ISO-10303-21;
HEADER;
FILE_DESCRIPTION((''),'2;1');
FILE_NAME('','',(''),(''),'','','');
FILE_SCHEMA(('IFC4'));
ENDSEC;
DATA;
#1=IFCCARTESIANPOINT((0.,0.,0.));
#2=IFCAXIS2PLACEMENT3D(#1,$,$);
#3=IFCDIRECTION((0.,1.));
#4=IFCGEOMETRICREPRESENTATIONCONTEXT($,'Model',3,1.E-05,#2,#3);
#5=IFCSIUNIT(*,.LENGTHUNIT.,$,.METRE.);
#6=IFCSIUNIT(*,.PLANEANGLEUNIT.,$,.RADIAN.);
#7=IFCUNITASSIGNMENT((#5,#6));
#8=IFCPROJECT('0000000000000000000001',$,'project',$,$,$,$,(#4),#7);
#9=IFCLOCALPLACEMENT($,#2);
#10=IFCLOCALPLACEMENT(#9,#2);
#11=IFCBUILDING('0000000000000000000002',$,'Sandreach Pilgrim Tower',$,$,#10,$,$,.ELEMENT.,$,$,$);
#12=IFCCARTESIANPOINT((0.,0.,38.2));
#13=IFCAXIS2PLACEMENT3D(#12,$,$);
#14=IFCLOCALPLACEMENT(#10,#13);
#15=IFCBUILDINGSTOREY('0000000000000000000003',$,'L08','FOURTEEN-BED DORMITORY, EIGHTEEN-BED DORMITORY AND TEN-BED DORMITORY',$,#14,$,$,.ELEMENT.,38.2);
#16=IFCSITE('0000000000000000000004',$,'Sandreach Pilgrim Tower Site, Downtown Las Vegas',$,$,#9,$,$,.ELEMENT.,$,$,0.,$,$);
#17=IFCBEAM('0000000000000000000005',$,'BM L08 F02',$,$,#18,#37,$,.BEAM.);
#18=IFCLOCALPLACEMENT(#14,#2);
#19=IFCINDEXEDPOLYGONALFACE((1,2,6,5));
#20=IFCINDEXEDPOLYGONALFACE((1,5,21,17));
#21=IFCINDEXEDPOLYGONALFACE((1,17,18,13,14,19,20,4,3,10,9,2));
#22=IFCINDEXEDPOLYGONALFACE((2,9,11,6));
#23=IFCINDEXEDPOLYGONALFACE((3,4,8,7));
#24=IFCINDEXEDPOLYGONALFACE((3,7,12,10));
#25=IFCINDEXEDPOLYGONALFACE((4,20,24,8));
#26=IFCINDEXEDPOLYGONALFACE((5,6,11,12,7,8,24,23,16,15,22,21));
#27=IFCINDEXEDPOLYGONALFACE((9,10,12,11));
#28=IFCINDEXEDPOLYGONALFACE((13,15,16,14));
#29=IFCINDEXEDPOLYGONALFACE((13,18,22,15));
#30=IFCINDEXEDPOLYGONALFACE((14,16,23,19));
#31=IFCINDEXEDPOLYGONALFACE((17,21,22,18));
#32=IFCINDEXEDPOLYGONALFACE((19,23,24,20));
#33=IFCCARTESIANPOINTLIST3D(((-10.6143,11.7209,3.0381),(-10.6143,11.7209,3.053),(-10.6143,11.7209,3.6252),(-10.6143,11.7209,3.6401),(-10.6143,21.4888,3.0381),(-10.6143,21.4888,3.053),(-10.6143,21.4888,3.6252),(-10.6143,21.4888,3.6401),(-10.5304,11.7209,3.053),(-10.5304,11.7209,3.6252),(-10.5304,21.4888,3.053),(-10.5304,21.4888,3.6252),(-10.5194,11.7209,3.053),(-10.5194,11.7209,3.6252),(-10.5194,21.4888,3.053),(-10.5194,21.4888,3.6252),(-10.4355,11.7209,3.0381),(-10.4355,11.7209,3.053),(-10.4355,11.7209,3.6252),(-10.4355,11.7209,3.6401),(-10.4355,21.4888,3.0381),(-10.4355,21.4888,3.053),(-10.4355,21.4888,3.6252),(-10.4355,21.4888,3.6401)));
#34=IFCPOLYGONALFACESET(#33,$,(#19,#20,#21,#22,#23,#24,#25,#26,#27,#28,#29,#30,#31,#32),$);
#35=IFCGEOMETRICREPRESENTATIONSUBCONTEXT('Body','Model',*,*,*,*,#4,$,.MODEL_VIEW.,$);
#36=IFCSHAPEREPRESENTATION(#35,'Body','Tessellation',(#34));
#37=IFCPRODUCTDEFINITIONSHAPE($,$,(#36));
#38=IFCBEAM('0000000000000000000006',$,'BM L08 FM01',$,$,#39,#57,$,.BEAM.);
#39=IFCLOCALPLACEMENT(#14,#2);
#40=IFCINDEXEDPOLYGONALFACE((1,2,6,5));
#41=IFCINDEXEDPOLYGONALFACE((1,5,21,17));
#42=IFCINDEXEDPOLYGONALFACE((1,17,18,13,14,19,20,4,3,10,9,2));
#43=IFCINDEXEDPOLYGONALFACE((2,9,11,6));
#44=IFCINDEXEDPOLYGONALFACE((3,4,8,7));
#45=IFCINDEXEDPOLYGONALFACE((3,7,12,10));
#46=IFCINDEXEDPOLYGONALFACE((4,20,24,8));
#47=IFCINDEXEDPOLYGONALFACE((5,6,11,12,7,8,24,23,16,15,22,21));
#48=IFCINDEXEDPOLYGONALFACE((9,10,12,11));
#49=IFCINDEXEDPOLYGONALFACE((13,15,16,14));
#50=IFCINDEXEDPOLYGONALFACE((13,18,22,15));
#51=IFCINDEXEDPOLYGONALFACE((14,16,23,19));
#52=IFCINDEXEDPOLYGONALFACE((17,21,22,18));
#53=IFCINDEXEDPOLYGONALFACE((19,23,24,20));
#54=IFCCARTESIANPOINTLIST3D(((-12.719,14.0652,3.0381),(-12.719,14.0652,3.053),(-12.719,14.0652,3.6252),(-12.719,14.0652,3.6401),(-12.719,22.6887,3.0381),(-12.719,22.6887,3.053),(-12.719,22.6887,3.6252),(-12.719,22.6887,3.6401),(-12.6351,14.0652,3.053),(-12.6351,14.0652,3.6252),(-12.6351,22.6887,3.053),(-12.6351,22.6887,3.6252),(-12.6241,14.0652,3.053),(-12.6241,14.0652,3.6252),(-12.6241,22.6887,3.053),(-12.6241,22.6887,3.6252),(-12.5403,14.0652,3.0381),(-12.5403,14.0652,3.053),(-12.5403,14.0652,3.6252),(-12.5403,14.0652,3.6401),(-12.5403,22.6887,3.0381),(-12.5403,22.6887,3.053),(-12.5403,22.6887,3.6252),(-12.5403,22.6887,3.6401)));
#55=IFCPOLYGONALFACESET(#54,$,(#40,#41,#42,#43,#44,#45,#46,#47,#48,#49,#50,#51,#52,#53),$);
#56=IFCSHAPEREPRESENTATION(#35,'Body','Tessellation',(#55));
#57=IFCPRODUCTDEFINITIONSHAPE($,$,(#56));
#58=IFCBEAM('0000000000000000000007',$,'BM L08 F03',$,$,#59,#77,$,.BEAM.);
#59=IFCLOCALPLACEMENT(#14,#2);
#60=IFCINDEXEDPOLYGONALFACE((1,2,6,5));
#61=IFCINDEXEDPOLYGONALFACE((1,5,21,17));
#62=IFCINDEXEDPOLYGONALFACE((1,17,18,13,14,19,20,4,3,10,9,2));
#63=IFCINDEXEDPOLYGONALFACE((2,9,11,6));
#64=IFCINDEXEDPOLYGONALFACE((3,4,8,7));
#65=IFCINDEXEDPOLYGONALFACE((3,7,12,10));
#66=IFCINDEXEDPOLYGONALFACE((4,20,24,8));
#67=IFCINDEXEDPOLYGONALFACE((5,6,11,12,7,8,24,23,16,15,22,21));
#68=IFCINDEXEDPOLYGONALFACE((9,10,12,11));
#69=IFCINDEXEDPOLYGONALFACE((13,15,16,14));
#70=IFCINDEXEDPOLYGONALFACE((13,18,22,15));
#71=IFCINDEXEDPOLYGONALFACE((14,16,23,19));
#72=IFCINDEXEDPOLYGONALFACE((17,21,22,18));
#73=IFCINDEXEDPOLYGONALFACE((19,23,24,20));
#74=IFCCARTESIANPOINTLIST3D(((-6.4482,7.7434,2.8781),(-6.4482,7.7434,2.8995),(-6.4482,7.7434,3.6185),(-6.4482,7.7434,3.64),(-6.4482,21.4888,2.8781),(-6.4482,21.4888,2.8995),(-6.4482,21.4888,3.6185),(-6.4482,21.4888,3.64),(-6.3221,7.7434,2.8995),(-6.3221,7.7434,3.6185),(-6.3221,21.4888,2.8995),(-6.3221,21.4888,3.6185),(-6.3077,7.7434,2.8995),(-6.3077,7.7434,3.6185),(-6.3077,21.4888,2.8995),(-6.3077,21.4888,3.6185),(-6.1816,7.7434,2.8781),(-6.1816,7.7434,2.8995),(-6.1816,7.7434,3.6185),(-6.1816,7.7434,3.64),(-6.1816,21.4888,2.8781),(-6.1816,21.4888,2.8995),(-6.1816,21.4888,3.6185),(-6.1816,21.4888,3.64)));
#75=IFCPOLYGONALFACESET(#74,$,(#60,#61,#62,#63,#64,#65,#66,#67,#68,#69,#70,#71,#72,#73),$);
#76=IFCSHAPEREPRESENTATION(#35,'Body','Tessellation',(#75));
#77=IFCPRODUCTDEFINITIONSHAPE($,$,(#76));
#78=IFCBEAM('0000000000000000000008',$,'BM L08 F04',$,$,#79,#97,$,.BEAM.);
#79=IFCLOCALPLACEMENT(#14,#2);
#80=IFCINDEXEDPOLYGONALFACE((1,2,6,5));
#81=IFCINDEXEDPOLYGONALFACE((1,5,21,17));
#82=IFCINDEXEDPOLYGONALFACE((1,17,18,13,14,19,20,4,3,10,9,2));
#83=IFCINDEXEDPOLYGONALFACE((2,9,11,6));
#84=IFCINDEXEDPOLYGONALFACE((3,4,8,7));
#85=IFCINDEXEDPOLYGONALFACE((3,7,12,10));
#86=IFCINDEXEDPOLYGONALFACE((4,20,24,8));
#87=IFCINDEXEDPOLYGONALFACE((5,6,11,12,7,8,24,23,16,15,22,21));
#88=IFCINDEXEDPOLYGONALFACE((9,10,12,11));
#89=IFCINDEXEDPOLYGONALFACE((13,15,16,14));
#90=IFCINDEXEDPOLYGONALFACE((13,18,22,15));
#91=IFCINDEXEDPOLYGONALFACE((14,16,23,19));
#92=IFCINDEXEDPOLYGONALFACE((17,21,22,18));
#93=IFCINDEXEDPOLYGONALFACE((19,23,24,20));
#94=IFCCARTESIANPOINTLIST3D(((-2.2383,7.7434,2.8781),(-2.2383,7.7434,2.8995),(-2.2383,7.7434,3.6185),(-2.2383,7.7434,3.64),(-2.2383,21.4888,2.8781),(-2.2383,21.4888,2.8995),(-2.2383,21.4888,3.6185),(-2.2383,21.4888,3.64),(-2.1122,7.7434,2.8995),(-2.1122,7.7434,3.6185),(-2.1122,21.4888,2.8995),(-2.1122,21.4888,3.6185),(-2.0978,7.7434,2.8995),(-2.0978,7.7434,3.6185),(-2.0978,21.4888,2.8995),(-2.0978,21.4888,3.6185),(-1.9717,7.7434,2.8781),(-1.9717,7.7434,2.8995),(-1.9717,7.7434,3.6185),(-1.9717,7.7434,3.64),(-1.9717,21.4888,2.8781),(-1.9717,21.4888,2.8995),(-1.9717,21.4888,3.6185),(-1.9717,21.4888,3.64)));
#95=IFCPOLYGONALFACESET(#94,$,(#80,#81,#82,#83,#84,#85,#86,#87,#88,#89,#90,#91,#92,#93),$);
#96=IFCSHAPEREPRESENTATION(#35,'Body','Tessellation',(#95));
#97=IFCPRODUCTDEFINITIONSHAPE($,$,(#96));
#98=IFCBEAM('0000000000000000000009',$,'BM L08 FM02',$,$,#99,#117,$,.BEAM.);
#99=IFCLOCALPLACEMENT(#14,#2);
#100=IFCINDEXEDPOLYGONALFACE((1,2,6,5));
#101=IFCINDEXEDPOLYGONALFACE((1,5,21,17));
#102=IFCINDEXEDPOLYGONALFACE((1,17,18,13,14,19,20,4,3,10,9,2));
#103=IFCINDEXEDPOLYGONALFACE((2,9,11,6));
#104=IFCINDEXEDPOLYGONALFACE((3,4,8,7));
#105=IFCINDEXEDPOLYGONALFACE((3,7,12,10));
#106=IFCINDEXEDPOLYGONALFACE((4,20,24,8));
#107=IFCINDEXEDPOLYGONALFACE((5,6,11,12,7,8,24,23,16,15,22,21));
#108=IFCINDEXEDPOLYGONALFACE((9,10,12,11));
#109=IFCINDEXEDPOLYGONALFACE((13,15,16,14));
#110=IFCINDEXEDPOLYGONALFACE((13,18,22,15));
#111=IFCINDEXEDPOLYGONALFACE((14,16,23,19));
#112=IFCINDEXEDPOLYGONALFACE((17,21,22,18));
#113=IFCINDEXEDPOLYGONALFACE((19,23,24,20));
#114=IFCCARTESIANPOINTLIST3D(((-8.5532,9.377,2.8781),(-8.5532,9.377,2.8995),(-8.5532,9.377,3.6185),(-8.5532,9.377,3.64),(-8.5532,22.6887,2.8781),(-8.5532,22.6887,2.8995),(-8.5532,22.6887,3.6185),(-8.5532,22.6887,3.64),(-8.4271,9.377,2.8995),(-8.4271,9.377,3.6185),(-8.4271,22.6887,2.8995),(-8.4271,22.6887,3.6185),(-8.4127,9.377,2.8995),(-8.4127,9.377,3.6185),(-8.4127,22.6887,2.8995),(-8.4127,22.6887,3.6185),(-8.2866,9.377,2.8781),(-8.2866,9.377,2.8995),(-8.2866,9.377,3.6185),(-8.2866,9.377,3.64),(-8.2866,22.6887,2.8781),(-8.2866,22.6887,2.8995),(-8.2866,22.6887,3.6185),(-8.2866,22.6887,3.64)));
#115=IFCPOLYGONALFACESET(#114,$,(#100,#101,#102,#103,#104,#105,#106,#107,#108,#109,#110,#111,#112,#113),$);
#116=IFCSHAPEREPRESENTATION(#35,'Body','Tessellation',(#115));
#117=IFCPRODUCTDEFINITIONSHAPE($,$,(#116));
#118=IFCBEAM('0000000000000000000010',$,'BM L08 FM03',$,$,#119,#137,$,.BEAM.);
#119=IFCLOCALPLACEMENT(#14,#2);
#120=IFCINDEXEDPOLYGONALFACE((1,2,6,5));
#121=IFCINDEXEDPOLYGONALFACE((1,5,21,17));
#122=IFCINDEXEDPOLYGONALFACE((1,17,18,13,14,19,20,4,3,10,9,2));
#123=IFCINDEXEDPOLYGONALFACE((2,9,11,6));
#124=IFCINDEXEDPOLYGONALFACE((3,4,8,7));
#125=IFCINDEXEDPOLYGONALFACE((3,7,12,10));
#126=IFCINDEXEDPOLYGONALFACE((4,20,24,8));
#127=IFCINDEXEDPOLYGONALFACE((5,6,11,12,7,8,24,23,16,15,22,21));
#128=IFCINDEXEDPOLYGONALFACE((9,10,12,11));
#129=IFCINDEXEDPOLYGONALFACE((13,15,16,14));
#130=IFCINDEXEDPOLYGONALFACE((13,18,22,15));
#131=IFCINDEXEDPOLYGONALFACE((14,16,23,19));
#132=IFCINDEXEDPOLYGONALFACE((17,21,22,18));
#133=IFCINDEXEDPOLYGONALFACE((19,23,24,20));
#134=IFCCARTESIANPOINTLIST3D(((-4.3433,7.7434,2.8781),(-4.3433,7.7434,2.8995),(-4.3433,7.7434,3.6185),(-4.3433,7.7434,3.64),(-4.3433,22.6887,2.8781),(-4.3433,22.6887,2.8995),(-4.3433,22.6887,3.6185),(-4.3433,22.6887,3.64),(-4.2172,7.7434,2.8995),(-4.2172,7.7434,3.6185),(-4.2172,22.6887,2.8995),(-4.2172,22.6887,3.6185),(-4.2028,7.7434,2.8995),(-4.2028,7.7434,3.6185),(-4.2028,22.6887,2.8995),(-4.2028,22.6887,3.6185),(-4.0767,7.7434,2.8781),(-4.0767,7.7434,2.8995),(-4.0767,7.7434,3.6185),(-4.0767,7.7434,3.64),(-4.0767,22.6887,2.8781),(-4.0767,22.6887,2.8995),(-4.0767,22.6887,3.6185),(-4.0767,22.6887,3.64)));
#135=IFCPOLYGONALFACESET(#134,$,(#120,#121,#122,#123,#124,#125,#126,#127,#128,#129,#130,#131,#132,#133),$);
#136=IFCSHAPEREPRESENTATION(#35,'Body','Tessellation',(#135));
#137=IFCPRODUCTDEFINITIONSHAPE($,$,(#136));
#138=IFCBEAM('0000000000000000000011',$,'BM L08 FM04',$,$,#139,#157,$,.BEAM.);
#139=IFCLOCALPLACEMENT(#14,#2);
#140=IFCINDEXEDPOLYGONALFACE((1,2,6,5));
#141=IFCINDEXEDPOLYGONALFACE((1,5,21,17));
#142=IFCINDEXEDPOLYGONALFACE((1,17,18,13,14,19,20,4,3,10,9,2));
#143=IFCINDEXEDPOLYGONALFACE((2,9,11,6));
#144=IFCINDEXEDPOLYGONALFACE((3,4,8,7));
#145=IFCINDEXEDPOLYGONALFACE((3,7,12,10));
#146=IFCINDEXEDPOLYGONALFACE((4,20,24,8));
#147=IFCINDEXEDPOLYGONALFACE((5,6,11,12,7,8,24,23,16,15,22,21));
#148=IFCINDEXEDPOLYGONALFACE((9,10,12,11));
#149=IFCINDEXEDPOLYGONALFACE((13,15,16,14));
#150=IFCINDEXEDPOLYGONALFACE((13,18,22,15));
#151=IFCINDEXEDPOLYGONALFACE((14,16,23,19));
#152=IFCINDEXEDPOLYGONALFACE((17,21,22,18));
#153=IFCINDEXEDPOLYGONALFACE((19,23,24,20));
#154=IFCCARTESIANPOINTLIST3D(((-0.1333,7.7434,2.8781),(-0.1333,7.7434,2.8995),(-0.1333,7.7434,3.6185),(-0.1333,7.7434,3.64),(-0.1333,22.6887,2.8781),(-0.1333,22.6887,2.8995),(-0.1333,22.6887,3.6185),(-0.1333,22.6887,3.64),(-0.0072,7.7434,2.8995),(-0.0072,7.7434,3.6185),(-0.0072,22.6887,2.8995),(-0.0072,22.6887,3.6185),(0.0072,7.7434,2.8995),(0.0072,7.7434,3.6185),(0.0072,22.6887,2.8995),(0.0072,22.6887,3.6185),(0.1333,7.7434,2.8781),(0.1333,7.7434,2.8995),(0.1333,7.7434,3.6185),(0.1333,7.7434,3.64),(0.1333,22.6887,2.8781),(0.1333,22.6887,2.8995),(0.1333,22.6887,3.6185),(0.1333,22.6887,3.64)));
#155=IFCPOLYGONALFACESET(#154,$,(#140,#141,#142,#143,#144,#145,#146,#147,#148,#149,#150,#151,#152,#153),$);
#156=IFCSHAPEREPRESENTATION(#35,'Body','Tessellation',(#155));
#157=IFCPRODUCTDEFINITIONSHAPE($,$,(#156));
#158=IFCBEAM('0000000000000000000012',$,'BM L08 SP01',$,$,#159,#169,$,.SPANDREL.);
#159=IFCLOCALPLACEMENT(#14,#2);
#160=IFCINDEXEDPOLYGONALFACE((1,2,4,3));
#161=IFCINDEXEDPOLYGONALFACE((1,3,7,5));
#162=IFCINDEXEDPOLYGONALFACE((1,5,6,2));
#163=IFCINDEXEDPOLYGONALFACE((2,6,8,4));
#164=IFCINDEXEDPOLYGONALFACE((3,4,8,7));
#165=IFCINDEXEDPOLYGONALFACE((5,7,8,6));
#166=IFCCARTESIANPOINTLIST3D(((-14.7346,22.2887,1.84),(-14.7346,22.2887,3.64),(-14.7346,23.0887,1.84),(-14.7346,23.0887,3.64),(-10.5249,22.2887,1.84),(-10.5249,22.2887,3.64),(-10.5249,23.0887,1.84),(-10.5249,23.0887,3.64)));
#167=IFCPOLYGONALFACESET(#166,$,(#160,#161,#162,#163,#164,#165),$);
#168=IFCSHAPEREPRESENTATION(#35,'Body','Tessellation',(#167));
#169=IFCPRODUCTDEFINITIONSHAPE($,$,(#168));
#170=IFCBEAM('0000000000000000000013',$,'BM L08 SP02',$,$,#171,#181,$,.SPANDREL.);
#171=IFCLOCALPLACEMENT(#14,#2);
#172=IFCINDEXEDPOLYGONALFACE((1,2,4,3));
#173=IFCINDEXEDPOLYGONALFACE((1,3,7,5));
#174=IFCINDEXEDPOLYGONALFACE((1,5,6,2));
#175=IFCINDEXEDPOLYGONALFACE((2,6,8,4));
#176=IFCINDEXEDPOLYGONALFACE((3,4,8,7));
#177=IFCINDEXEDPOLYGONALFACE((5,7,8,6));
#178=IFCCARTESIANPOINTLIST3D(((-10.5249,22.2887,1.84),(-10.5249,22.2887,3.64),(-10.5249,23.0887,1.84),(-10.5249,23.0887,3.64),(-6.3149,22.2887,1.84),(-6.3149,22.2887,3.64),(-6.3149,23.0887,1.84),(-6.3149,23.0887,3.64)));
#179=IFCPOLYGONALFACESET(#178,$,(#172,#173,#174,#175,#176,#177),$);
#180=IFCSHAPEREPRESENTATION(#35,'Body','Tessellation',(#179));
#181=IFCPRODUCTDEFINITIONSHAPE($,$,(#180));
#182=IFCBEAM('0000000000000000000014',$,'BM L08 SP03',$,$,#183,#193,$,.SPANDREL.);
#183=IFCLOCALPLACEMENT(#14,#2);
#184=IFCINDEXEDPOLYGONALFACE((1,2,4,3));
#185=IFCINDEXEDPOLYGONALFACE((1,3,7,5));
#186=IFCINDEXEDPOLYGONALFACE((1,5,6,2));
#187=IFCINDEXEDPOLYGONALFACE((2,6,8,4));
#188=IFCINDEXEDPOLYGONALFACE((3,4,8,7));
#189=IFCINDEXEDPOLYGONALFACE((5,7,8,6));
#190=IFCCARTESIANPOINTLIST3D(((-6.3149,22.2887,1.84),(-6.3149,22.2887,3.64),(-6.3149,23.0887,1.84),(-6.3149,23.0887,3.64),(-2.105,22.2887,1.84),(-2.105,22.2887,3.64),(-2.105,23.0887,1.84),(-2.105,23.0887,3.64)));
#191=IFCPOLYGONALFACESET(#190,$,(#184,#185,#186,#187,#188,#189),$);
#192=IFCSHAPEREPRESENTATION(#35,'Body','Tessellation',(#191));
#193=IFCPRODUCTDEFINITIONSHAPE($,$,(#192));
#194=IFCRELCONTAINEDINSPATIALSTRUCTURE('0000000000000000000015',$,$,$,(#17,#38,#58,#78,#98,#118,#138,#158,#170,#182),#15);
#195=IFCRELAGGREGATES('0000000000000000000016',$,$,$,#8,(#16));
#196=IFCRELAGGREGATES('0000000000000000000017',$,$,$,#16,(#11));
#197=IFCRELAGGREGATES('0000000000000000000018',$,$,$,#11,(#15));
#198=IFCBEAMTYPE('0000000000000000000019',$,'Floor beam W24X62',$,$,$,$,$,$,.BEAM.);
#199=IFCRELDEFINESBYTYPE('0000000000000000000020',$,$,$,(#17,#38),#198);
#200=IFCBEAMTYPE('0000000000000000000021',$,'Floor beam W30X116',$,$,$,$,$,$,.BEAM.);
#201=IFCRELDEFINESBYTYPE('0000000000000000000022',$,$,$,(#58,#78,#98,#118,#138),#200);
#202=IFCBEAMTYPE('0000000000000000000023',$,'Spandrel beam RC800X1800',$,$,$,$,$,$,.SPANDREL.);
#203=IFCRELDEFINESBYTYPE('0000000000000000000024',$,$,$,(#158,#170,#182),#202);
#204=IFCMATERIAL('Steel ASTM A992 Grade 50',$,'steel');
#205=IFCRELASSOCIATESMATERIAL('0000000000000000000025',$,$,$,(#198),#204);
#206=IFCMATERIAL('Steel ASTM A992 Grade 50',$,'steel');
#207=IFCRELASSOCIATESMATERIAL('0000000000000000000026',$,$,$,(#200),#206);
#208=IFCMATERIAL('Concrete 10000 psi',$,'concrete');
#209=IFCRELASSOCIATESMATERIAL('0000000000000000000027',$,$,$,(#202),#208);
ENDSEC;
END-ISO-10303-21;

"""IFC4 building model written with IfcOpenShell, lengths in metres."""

from ifc_helpers import new_model, si_unit, direction, frame, origin, origin_2d, place, context, subcontext, project, spatial, rectangle, i_section, extrude, material, material_profile, profile_set, type_object, element, save


model = new_model("IFC4")

# Units and contexts
model_context = context("Model", 3, precision=1e-05, world=origin(), true_north=direction((0.0, 1.0)))
body_context = subcontext(model_context, "Body", "Model", "MODEL_VIEW")
ifc_project = project(units=[si_unit("LENGTHUNIT", "METRE"), si_unit("PLANEANGLEUNIT", "RADIAN")], contexts=[model_context])

# Site, building, storey
site_placement = place(None, origin())
site = spatial("IfcSite", under=ifc_project, at=site_placement, Name="Sandreach Pilgrim Tower Site, Downtown Las Vegas", CompositionType="ELEMENT", RefElevation=0.0)
building_placement = place(site_placement, origin())
building = spatial("IfcBuilding", under=site, at=building_placement, Name="Sandreach Pilgrim Tower", CompositionType="ELEMENT")
storey_placement = place(building_placement, frame((0.0, 0.0, 38.2)))
storey = spatial("IfcBuildingStorey", under=building, at=storey_placement, Name="L08", Description="FOURTEEN-BED DORMITORY, EIGHTEEN-BED DORMITORY AND TEN-BED DORMITORY", CompositionType="ELEMENT", Elevation=38.2)

# Beams
ifc_material_1 = material(Name="Steel ASTM A992 Grade 50", Category="steel")
ifc_material_profile_1 = material_profile(ifc_material_1, i_section(OverallWidth=0.1787, OverallDepth=0.6021, WebThickness=0.011, FlangeThickness=0.0149, at=origin_2d()), Name="W24X62")
ifc_profile_set_1 = profile_set([ifc_material_profile_1], Name="Steel ASTM A992 Grade 50")
beam_type_1 = type_object("IfcBeamType", Name="Floor beam W24X62", PredefinedType="BEAM", material=ifc_profile_set_1)
beam_1_placement = place(storey_placement, frame((-10.5249, 21.4888, 3.3391), z_axis=(0.0, -1.0, 0.0), x_axis=(1.0, 0.0, 0.0)))
element("IfcBeam", 1, at=beam_1_placement, inside=storey, type_object=beam_type_1, Name="BM L08 F02", PredefinedType="BEAM", context=body_context, shape_type="SweptSolid", body=[
    extrude(i_section(OverallWidth=0.1787, OverallDepth=0.6021, WebThickness=0.011, FlangeThickness=0.0149, at=origin_2d()), origin(), (0.0, 0.0, 1.0), 9.7678),
])
beam_2_placement = place(storey_placement, frame((-12.6296, 22.6887, 3.3391), z_axis=(0.0, -1.0, 0.0), x_axis=(1.0, 0.0, 0.0)))
element("IfcBeam", 2, at=beam_2_placement, inside=storey, type_object=beam_type_1, Name="BM L08 FM01", PredefinedType="BEAM", context=body_context, shape_type="SweptSolid", body=[
    extrude(i_section(OverallWidth=0.1787, OverallDepth=0.6021, WebThickness=0.011, FlangeThickness=0.0149, at=origin_2d()), origin(), (0.0, 0.0, 1.0), 8.6235),
])
ifc_material_2 = material(Name="Steel ASTM A992 Grade 50", Category="steel")
ifc_material_profile_2 = material_profile(ifc_material_2, i_section(OverallWidth=0.2666, OverallDepth=0.762, WebThickness=0.0144, FlangeThickness=0.0215, at=origin_2d()), Name="W30X116")
ifc_profile_set_2 = profile_set([ifc_material_profile_2], Name="Steel ASTM A992 Grade 50")
beam_type_2 = type_object("IfcBeamType", Name="Floor beam W30X116", PredefinedType="BEAM", material=ifc_profile_set_2)
for number, where, z_axis, x_axis, name in (
    (3, (-6.3149, 21.4888, 3.259), (0.0, -1.0, 0.0), (1.0, 0.0, 0.0), "BM L08 F03"),
    (4, (-2.105, 21.4888, 3.259), (0.0, -1.0, 0.0), (1.0, 0.0, 0.0), "BM L08 F04"),
):
    element("IfcBeam", number, at=place(storey_placement, frame(where, z_axis=z_axis, x_axis=x_axis)), inside=storey, type_object=beam_type_2, Name=name, PredefinedType="BEAM", context=body_context, shape_type="SweptSolid", body=[
        extrude(i_section(OverallWidth=0.2666, OverallDepth=0.762, WebThickness=0.0144, FlangeThickness=0.0215, at=origin_2d()), origin(), (0.0, 0.0, 1.0), 13.7454),
    ])
beam_3_placement = place(storey_placement, frame((-8.4199, 22.6887, 3.259), z_axis=(0.0, -1.0, 0.0), x_axis=(1.0, 0.0, 0.0)))
element("IfcBeam", 5, at=beam_3_placement, inside=storey, type_object=beam_type_2, Name="BM L08 FM02", PredefinedType="BEAM", context=body_context, shape_type="SweptSolid", body=[
    extrude(i_section(OverallWidth=0.2666, OverallDepth=0.762, WebThickness=0.0144, FlangeThickness=0.0215, at=origin_2d()), origin(), (0.0, 0.0, 1.0), 13.3118),
])
for number, where, z_axis, x_axis, name in (
    (6, (-4.21, 22.6887, 3.259), (0.0, -1.0, 0.0), (1.0, 0.0, 0.0), "BM L08 FM03"),
    (7, (0.0, 22.6887, 3.259), (0.0, -1.0, 0.0), (1.0, 0.0, 0.0), "BM L08 FM04"),
):
    element("IfcBeam", number, at=place(storey_placement, frame(where, z_axis=z_axis, x_axis=x_axis)), inside=storey, type_object=beam_type_2, Name=name, PredefinedType="BEAM", context=body_context, shape_type="SweptSolid", body=[
        extrude(i_section(OverallWidth=0.2666, OverallDepth=0.762, WebThickness=0.0144, FlangeThickness=0.0215, at=origin_2d()), origin(), (0.0, 0.0, 1.0), 14.9453),
    ])
ifc_material_3 = material(Name="Concrete 10000 psi", Category="concrete")
ifc_material_profile_3 = material_profile(ifc_material_3, rectangle(XDim=0.8, YDim=1.8, at=origin_2d()), Name="RC800X1800")
ifc_profile_set_3 = profile_set([ifc_material_profile_3], Name="Concrete 10000 psi")
beam_type_3 = type_object("IfcBeamType", Name="Spandrel beam RC800X1800", PredefinedType="SPANDREL", material=ifc_profile_set_3)
beam_4_placement = place(storey_placement, frame((-14.7346, 22.6887, 2.74), z_axis=(1.0, 0.0, 0.0), x_axis=(0.0, 1.0, 0.0)))
element("IfcBeam", 8, at=beam_4_placement, inside=storey, type_object=beam_type_3, Name="BM L08 SP01", PredefinedType="SPANDREL", context=body_context, shape_type="SweptSolid", body=[
    extrude(rectangle(XDim=0.8, YDim=1.8, at=origin_2d()), origin(), (0.0, 0.0, 1.0), 4.2097),
])
for number, where, z_axis, x_axis, name in (
    (9, (-10.5249, 22.6887, 2.74), (1.0, 0.0, 0.0), (0.0, 1.0, 0.0), "BM L08 SP02"),
    (10, (-6.3149, 22.6887, 2.74), (1.0, 0.0, 0.0), (0.0, 1.0, 0.0), "BM L08 SP03"),
):
    element("IfcBeam", number, at=place(storey_placement, frame(where, z_axis=z_axis, x_axis=x_axis)), inside=storey, type_object=beam_type_3, Name=name, PredefinedType="SPANDREL", context=body_context, shape_type="SweptSolid", body=[
        extrude(rectangle(XDim=0.8, YDim=1.8, at=origin_2d()), origin(), (0.0, 0.0, 1.0), 4.21),
    ])

save(model, "model.ifc")
